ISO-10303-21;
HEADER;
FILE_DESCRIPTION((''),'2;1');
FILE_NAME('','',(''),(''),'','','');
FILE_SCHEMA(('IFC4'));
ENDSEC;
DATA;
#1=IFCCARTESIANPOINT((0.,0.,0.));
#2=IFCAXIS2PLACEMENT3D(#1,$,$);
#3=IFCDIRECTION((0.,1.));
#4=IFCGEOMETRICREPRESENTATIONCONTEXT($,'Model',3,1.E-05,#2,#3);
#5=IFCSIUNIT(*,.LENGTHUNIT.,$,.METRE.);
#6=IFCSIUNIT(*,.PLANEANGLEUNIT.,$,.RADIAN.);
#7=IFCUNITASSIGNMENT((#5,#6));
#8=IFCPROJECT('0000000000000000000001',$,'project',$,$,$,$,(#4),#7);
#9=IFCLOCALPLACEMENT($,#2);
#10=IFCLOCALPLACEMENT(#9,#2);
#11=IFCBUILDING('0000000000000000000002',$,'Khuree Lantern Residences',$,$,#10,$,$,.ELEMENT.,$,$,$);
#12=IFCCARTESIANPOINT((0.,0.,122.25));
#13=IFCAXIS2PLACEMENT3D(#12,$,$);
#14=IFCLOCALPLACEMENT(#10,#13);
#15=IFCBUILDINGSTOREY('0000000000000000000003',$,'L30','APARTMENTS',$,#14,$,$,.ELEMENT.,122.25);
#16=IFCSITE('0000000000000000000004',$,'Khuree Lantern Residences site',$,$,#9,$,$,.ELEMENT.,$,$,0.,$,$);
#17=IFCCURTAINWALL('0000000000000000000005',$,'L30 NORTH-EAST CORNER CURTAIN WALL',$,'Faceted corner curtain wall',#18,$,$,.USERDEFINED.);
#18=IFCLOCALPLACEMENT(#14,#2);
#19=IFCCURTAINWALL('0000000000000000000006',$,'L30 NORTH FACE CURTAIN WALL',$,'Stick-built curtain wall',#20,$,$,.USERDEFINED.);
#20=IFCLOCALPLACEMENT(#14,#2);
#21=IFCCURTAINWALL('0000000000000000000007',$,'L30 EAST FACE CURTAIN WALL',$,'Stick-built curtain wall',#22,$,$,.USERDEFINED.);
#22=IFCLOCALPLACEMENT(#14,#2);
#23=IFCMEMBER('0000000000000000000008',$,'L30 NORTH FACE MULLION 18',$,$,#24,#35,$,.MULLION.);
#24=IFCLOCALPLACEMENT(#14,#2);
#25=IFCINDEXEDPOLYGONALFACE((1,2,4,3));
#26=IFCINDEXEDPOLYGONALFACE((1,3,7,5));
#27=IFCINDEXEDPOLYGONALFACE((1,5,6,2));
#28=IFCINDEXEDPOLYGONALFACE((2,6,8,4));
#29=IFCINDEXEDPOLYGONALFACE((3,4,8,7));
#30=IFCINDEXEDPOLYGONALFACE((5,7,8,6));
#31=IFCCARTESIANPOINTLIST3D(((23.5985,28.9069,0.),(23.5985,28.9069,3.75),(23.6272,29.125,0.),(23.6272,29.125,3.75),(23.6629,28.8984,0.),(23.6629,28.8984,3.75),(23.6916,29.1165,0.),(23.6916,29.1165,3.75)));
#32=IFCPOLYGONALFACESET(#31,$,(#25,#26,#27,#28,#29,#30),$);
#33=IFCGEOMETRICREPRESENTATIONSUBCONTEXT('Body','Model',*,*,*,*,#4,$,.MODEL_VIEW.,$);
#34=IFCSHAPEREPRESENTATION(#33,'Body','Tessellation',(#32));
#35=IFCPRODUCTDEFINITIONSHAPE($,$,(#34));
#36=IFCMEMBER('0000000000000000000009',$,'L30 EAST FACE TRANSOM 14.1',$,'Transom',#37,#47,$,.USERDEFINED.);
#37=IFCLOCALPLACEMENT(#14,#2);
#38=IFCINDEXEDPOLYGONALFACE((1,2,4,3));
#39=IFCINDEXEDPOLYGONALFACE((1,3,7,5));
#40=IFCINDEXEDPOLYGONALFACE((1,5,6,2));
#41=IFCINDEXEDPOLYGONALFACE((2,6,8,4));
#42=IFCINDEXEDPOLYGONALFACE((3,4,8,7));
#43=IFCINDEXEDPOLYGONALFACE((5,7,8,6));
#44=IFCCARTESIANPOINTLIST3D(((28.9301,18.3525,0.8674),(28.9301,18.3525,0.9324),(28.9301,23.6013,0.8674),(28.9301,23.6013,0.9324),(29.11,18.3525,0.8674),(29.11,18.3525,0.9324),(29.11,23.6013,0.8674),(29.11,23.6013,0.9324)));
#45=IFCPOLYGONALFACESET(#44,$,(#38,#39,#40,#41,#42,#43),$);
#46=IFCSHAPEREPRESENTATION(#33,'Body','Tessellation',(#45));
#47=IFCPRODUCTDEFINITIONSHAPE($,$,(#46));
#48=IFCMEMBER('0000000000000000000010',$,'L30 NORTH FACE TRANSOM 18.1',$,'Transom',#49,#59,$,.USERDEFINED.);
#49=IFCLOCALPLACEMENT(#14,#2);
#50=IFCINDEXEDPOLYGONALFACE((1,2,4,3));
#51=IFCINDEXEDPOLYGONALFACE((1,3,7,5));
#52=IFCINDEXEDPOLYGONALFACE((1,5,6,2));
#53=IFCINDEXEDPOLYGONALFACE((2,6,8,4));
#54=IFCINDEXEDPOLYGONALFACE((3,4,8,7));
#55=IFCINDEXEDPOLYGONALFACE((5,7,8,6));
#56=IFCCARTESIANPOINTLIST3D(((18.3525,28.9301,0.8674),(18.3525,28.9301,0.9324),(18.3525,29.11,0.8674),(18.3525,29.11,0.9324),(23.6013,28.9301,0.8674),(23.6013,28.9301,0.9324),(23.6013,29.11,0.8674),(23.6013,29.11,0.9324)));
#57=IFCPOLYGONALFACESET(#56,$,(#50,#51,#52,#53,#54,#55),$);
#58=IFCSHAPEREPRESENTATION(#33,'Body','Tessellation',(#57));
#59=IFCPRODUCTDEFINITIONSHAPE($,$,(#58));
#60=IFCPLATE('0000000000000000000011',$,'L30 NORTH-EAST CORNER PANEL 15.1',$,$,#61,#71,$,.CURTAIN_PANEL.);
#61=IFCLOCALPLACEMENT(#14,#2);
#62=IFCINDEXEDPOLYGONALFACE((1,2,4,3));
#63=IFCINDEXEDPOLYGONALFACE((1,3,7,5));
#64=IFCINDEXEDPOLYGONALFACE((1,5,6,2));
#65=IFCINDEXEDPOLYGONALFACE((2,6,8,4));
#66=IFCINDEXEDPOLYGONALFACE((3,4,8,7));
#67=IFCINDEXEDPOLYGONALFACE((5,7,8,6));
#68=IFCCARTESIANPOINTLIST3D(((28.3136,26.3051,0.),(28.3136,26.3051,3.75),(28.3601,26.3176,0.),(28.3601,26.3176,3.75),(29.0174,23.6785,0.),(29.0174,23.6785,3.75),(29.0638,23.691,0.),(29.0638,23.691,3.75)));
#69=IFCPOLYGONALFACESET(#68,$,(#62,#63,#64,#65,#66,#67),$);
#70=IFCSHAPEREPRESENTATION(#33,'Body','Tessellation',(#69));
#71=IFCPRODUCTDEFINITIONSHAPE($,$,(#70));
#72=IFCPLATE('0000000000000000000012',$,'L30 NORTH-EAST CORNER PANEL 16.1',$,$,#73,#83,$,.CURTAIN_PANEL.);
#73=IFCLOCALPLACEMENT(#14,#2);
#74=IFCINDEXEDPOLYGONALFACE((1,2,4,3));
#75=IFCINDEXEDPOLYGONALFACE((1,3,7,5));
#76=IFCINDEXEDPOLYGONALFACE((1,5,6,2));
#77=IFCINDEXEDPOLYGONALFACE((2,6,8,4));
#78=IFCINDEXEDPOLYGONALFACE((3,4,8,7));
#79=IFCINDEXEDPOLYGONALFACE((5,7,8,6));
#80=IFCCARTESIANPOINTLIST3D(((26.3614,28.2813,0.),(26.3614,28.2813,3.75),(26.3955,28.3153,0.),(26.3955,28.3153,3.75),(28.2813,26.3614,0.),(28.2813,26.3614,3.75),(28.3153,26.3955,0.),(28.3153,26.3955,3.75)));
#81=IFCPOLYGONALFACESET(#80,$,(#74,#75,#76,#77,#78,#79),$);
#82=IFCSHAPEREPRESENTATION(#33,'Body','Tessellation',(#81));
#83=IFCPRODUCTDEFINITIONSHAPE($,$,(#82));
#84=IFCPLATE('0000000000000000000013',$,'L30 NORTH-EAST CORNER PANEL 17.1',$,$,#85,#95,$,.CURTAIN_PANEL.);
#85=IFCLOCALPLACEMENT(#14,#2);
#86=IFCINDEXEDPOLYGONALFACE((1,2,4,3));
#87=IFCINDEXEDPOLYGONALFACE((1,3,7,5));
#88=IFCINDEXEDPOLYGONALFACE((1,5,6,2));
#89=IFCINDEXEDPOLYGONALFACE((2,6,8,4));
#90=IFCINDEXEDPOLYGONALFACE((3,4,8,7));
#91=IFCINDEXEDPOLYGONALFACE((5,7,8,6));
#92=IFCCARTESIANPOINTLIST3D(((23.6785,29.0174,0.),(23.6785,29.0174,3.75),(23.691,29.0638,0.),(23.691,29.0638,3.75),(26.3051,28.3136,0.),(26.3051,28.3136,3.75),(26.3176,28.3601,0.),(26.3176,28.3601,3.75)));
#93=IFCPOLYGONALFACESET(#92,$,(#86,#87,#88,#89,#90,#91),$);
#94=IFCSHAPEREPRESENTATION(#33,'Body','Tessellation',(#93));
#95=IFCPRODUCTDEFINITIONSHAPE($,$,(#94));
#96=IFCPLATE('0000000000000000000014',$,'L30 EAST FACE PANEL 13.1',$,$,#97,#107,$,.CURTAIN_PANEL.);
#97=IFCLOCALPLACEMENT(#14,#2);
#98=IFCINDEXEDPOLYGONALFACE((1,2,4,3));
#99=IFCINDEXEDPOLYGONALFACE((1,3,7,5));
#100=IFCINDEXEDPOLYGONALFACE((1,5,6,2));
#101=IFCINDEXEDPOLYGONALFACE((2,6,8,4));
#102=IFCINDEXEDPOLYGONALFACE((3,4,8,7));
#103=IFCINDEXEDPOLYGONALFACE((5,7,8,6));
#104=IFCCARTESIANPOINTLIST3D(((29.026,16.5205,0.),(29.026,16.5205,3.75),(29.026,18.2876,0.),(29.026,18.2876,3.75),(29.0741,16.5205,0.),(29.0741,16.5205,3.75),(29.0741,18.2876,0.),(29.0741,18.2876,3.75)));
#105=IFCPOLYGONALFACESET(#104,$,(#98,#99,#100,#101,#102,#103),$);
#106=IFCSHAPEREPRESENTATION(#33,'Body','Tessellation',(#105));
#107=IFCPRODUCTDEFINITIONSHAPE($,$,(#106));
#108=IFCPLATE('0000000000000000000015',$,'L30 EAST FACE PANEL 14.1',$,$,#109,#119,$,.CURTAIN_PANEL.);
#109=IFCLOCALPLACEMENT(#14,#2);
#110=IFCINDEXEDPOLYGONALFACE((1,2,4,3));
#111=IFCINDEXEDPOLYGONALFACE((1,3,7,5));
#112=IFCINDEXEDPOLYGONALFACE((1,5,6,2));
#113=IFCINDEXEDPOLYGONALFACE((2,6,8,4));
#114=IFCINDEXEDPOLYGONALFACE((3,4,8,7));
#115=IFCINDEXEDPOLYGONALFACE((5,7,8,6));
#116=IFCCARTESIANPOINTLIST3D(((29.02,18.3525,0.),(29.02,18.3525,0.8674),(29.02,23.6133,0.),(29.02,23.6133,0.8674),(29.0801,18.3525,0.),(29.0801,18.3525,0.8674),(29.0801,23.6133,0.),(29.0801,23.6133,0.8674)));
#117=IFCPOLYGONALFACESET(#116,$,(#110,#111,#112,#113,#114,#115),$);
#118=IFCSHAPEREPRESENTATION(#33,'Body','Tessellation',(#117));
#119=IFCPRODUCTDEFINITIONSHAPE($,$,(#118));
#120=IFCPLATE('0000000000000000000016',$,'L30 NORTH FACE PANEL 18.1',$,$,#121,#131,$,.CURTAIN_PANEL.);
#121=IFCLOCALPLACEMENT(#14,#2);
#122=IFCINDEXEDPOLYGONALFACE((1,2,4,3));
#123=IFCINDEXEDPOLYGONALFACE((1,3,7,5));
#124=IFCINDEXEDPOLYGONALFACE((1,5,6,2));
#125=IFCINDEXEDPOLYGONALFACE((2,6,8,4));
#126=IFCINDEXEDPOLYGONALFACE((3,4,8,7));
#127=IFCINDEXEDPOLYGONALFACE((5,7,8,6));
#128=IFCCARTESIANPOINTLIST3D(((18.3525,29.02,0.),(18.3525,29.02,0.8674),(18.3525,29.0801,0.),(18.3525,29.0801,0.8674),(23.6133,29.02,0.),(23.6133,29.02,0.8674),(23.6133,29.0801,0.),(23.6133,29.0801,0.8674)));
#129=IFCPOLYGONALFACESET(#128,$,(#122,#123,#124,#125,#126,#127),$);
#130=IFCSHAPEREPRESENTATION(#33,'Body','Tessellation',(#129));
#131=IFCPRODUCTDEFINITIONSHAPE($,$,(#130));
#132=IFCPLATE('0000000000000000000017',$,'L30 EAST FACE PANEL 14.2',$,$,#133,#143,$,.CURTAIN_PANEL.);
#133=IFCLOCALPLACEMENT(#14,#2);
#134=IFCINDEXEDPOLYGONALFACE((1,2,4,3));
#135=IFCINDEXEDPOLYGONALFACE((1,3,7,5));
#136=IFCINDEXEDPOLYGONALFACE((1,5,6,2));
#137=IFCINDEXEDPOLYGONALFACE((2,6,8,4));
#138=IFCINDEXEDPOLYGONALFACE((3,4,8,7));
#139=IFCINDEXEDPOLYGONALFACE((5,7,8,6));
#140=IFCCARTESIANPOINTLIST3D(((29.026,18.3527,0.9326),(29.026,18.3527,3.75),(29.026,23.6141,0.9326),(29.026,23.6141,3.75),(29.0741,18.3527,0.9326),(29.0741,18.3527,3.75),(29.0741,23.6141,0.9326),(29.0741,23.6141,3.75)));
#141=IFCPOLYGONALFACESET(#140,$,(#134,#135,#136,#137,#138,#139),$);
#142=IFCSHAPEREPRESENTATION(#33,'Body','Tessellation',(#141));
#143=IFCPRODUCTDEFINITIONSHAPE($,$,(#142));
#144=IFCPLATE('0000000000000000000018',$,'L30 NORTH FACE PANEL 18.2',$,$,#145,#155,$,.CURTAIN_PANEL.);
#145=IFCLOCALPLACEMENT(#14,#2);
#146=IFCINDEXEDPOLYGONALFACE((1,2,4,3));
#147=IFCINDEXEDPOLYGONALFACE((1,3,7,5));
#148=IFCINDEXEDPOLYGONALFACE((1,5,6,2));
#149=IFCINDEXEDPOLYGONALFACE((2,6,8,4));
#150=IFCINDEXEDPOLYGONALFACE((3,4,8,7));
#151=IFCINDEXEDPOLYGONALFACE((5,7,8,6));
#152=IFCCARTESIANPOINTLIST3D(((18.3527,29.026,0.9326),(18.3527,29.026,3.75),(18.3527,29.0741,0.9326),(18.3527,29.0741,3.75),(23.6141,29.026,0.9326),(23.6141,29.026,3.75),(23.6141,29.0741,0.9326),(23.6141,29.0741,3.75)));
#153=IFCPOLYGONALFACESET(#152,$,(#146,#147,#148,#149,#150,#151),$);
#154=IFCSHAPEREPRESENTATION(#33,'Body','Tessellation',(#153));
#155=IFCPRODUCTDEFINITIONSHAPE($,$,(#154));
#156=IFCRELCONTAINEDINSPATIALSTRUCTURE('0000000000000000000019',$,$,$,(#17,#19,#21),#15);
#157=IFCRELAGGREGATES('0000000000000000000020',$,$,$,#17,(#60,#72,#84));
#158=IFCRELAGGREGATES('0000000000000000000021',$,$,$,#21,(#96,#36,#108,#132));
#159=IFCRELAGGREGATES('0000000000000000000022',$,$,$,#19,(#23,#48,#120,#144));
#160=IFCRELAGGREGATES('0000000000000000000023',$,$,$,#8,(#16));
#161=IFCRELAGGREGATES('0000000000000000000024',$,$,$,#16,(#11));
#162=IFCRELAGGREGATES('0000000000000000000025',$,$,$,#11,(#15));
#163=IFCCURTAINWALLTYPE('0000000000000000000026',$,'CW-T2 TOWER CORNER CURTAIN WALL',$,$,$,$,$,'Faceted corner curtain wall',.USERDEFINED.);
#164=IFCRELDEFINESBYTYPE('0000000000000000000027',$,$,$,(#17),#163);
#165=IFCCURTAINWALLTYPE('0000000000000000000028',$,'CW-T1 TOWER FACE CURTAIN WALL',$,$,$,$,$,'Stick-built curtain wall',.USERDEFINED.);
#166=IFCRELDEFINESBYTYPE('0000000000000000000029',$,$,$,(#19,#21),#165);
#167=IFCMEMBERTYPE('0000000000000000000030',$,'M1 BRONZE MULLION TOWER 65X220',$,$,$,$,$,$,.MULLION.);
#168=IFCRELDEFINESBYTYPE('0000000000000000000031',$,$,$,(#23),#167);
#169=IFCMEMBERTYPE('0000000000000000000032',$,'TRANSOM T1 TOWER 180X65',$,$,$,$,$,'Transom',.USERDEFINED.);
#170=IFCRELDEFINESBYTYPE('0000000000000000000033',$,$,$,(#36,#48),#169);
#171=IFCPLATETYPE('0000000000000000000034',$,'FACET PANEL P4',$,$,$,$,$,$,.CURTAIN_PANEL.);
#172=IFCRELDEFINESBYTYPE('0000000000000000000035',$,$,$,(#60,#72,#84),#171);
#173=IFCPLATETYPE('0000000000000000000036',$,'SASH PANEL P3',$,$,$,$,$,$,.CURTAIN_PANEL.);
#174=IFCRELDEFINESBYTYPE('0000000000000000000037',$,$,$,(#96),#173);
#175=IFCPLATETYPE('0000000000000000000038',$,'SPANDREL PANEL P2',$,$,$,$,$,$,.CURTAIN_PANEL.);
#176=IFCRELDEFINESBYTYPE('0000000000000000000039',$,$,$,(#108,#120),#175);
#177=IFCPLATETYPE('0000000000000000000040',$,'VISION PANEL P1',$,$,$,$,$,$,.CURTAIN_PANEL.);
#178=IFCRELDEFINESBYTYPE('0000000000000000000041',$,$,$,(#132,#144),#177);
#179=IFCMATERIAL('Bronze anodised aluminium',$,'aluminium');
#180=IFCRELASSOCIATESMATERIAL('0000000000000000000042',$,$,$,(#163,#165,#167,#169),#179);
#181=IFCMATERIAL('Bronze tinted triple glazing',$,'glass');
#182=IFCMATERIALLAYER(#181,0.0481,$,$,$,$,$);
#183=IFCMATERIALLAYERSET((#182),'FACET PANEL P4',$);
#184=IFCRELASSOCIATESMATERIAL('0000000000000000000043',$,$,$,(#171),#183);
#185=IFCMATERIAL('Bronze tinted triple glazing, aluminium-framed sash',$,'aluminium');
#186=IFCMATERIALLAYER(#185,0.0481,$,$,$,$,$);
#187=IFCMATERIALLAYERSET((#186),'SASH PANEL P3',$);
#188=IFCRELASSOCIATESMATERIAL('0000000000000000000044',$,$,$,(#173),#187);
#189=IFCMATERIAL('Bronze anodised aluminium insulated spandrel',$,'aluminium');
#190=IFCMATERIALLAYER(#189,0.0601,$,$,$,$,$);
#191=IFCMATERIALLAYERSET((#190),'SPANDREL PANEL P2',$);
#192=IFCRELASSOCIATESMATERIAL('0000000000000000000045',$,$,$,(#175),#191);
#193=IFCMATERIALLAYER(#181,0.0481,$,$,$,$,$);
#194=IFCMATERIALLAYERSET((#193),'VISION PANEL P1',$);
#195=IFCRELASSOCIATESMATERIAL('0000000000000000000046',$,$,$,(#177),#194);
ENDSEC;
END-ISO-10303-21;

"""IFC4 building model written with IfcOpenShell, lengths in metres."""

from ifc_helpers import new_model, si_unit, direction, frame, origin, origin_2d, place, context, subcontext, project, spatial, rectangle, extrude, material, layer, layer_set, material_profile, profile_set, type_object, element, aggregate, save


model = new_model("IFC4")

# Units and contexts
model_context = context("Model", 3, precision=1e-05, world=origin(), true_north=direction((0.0, 1.0)))
body_context = subcontext(model_context, "Body", "Model", "MODEL_VIEW")
ifc_project = project(units=[si_unit("LENGTHUNIT", "METRE"), si_unit("PLANEANGLEUNIT", "RADIAN")], contexts=[model_context])

# Site, building, storey
site_placement = place(None, origin())
site = spatial("IfcSite", under=ifc_project, at=site_placement, Name="Khuree Lantern Residences site", CompositionType="ELEMENT", RefElevation=0.0)
building_placement = place(site_placement, origin())
building = spatial("IfcBuilding", under=site, at=building_placement, Name="Khuree Lantern Residences", CompositionType="ELEMENT")
storey_placement = place(building_placement, frame((0.0, 0.0, 122.25)))
storey = spatial("IfcBuildingStorey", under=building, at=storey_placement, Name="L30", Description="APARTMENTS", CompositionType="ELEMENT", Elevation=122.25)

# Curtain walls
ifc_material_1 = material(Name="Bronze anodised aluminium", Category="aluminium")
curtain_wall_type_1 = type_object("IfcCurtainWallType", Name="CW-T2 TOWER CORNER CURTAIN WALL", ElementType="Faceted corner curtain wall", PredefinedType="USERDEFINED", material=ifc_material_1)
curtain_wall_1_placement = place(storey_placement, origin())
curtain_wall_1 = element("IfcCurtainWall", 1, at=curtain_wall_1_placement, inside=storey, type_object=curtain_wall_type_1, Name="L30 NORTH-EAST CORNER CURTAIN WALL", ObjectType="Faceted corner curtain wall", PredefinedType="USERDEFINED")
curtain_wall_type_2 = type_object("IfcCurtainWallType", Name="CW-T1 TOWER FACE CURTAIN WALL", ElementType="Stick-built curtain wall", PredefinedType="USERDEFINED", material=ifc_material_1)
curtain_wall_2_placement = place(storey_placement, origin())
curtain_wall_2 = element("IfcCurtainWall", 2, at=curtain_wall_2_placement, inside=storey, type_object=curtain_wall_type_2, Name="L30 NORTH FACE CURTAIN WALL", ObjectType="Stick-built curtain wall", PredefinedType="USERDEFINED")

# Curtain wall
curtain_wall_3_placement = place(storey_placement, origin())
curtain_wall_3 = element("IfcCurtainWall", 3, at=curtain_wall_3_placement, inside=storey, type_object=curtain_wall_type_2, Name="L30 EAST FACE CURTAIN WALL", ObjectType="Stick-built curtain wall", PredefinedType="USERDEFINED")
ifc_material_profile_1 = material_profile(ifc_material_1, rectangle(XDim=0.0649, YDim=0.22, at=origin_2d()), Name="M1 65X220")
ifc_profile_set_1 = profile_set([ifc_material_profile_1], Name="Bronze anodised aluminium")
member_type_1 = type_object("IfcMemberType", Name="M1 BRONZE MULLION TOWER 65X220", PredefinedType="MULLION", material=ifc_profile_set_1)

# Members
member_1_placement = place(storey_placement, frame((23.645, 29.0117, 0.0), z_axis=(0.0, 0.0, 1.0), x_axis=(-0.991445, 0.130526, 0.0)))
member_1 = element("IfcMember", 4, at=member_1_placement, type_object=member_type_1, Name="L30 NORTH FACE MULLION 18", PredefinedType="MULLION", context=body_context, shape_type="SweptSolid", body=[
    extrude(rectangle(XDim=0.0649, YDim=0.22, at=origin_2d()), origin(), (0.0, 0.0, 1.0), 3.75),
])
ifc_material_profile_2 = material_profile(ifc_material_1, rectangle(XDim=0.1799, YDim=0.0649, at=origin_2d()), Name="T1 180X65")
ifc_profile_set_2 = profile_set([ifc_material_profile_2], Name="Bronze anodised aluminium")
member_type_2 = type_object("IfcMemberType", Name="TRANSOM T1 TOWER 180X65", ElementType="Transom", PredefinedType="USERDEFINED", material=ifc_profile_set_2)
member_2_placement = place(storey_placement, frame((29.02, 18.3525, 0.8999), z_axis=(0.0, 1.0, 0.0), x_axis=(-1.0, 0.0, 0.0)))
member_2 = element("IfcMember", 5, at=member_2_placement, type_object=member_type_2, Name="L30 EAST FACE TRANSOM 14.1", ObjectType="Transom", PredefinedType="USERDEFINED", context=body_context, shape_type="SweptSolid", body=[
    extrude(rectangle(XDim=0.1799, YDim=0.0649, at=origin_2d()), origin(), (0.0, 0.0, 1.0), 5.2488),
])
member_3_placement = place(storey_placement, frame((23.6013, 29.02, 0.8999), z_axis=(-1.0, 0.0, 0.0), x_axis=(0.0, -1.0, 0.0)))
member_3 = element("IfcMember", 6, at=member_3_placement, type_object=member_type_2, Name="L30 NORTH FACE TRANSOM 18.1", ObjectType="Transom", PredefinedType="USERDEFINED", context=body_context, shape_type="SweptSolid", body=[
    extrude(rectangle(XDim=0.1799, YDim=0.0649, at=origin_2d()), origin(), (0.0, 0.0, 1.0), 5.2488),
])

# Plates
ifc_material_2 = material(Name="Bronze tinted triple glazing", Category="glass")
ifc_layer_1 = layer(ifc_material_2, 0.0481)
ifc_layer_set_1 = layer_set([ifc_layer_1], Name="FACET PANEL P4")
plate_type_1 = type_object("IfcPlateType", Name="FACET PANEL P4", PredefinedType="CURTAIN_PANEL", material=ifc_layer_set_1)
plate_1_placement = place(storey_placement, frame((28.6887, 24.998, 0.0), z_axis=(0.0, 0.0, 1.0), x_axis=(-0.258819, 0.965926, 0.0)))
plate_1 = element("IfcPlate", 7, at=plate_1_placement, type_object=plate_type_1, Name="L30 NORTH-EAST CORNER PANEL 15.1", PredefinedType="CURTAIN_PANEL", context=body_context, shape_type="SweptSolid", body=[
    extrude(rectangle(XDim=2.7192, YDim=0.0481, at=origin_2d()), origin(), (0.0, 0.0, 1.0), 3.75),
])
plate_2_placement = place(storey_placement, frame((27.3384, 27.3384, 0.0), z_axis=(0.0, 0.0, 1.0), x_axis=(-0.707107, 0.707107, 0.0)))
plate_2 = element("IfcPlate", 8, at=plate_2_placement, type_object=plate_type_1, Name="L30 NORTH-EAST CORNER PANEL 16.1", PredefinedType="CURTAIN_PANEL", context=body_context, shape_type="SweptSolid", body=[
    extrude(rectangle(XDim=2.7151, YDim=0.0481, at=origin_2d()), origin(), (0.0, 0.0, 1.0), 3.75),
])
plate_3_placement = place(storey_placement, frame((24.998, 28.6887, 0.0), z_axis=(0.0, 0.0, 1.0), x_axis=(-0.965926, 0.258819, 0.0)))
plate_3 = element("IfcPlate", 9, at=plate_3_placement, type_object=plate_type_1, Name="L30 NORTH-EAST CORNER PANEL 17.1", PredefinedType="CURTAIN_PANEL", context=body_context, shape_type="SweptSolid", body=[
    extrude(rectangle(XDim=2.7192, YDim=0.0481, at=origin_2d()), origin(), (0.0, 0.0, 1.0), 3.75),
])
aggregate(curtain_wall_1, [plate_1, plate_2, plate_3])
ifc_material_3 = material(Name="Bronze tinted triple glazing, aluminium-framed sash", Category="aluminium")
ifc_layer_2 = layer(ifc_material_3, 0.0481)
ifc_layer_set_2 = layer_set([ifc_layer_2], Name="SASH PANEL P3")
plate_type_2 = type_object("IfcPlateType", Name="SASH PANEL P3", PredefinedType="CURTAIN_PANEL", material=ifc_layer_set_2)
plate_4_placement = place(storey_placement, frame((29.05, 17.4041, 0.0), z_axis=(0.0, 0.0, 1.0), x_axis=(0.0, 1.0, 0.0)))
plate_4 = element("IfcPlate", 10, at=plate_4_placement, type_object=plate_type_2, Name="L30 EAST FACE PANEL 13.1", PredefinedType="CURTAIN_PANEL", context=body_context, shape_type="SweptSolid", body=[
    extrude(rectangle(XDim=1.7671, YDim=0.0481, at=origin_2d()), origin(), (0.0, 0.0, 1.0), 3.75),
])
ifc_material_4 = material(Name="Bronze anodised aluminium insulated spandrel", Category="aluminium")
ifc_layer_3 = layer(ifc_material_4, 0.0601)
ifc_layer_set_3 = layer_set([ifc_layer_3], Name="SPANDREL PANEL P2")
plate_type_3 = type_object("IfcPlateType", Name="SPANDREL PANEL P2", PredefinedType="CURTAIN_PANEL", material=ifc_layer_set_3)
plate_5_placement = place(storey_placement, frame((29.05, 20.9829, 0.0), z_axis=(0.0, 0.0, 1.0), x_axis=(0.0, 1.0, 0.0)))
plate_5 = element("IfcPlate", 11, at=plate_5_placement, type_object=plate_type_3, Name="L30 EAST FACE PANEL 14.1", PredefinedType="CURTAIN_PANEL", context=body_context, shape_type="SweptSolid", body=[
    extrude(rectangle(XDim=5.2607, YDim=0.0601, at=origin_2d()), origin(), (0.0, 0.0, 1.0), 0.8674),
])
plate_6_placement = place(storey_placement, frame((20.9829, 29.05, 0.0), z_axis=(0.0, 0.0, 1.0), x_axis=(-1.0, 0.0, 0.0)))
plate_6 = element("IfcPlate", 12, at=plate_6_placement, type_object=plate_type_3, Name="L30 NORTH FACE PANEL 18.1", PredefinedType="CURTAIN_PANEL", context=body_context, shape_type="SweptSolid", body=[
    extrude(rectangle(XDim=5.2607, YDim=0.0601, at=origin_2d()), origin(), (0.0, 0.0, 1.0), 0.8674),
])
ifc_layer_4 = layer(ifc_material_2, 0.0481)
ifc_layer_set_4 = layer_set([ifc_layer_4], Name="VISION PANEL P1")
plate_type_4 = type_object("IfcPlateType", Name="VISION PANEL P1", PredefinedType="CURTAIN_PANEL", material=ifc_layer_set_4)
plate_7_placement = place(storey_placement, frame((29.05, 20.9834, 0.9326), z_axis=(0.0, 0.0, 1.0), x_axis=(0.0, 1.0, 0.0)))
plate_7 = element("IfcPlate", 13, at=plate_7_placement, type_object=plate_type_4, Name="L30 EAST FACE PANEL 14.2", PredefinedType="CURTAIN_PANEL", context=body_context, shape_type="SweptSolid", body=[
    extrude(rectangle(XDim=5.2615, YDim=0.0481, at=origin_2d()), origin(), (0.0, 0.0, 1.0), 2.8174),
])
aggregate(curtain_wall_3, [plate_4, member_2, plate_5, plate_7])
plate_8_placement = place(storey_placement, frame((20.9834, 29.05, 0.9326), z_axis=(0.0, 0.0, 1.0), x_axis=(-1.0, 0.0, 0.0)))
plate_8 = element("IfcPlate", 14, at=plate_8_placement, type_object=plate_type_4, Name="L30 NORTH FACE PANEL 18.2", PredefinedType="CURTAIN_PANEL", context=body_context, shape_type="SweptSolid", body=[
    extrude(rectangle(XDim=5.2615, YDim=0.0481, at=origin_2d()), origin(), (0.0, 0.0, 1.0), 2.8174),
])
aggregate(curtain_wall_2, [member_1, member_3, plate_6, plate_8])

save(model, "model.ifc")
